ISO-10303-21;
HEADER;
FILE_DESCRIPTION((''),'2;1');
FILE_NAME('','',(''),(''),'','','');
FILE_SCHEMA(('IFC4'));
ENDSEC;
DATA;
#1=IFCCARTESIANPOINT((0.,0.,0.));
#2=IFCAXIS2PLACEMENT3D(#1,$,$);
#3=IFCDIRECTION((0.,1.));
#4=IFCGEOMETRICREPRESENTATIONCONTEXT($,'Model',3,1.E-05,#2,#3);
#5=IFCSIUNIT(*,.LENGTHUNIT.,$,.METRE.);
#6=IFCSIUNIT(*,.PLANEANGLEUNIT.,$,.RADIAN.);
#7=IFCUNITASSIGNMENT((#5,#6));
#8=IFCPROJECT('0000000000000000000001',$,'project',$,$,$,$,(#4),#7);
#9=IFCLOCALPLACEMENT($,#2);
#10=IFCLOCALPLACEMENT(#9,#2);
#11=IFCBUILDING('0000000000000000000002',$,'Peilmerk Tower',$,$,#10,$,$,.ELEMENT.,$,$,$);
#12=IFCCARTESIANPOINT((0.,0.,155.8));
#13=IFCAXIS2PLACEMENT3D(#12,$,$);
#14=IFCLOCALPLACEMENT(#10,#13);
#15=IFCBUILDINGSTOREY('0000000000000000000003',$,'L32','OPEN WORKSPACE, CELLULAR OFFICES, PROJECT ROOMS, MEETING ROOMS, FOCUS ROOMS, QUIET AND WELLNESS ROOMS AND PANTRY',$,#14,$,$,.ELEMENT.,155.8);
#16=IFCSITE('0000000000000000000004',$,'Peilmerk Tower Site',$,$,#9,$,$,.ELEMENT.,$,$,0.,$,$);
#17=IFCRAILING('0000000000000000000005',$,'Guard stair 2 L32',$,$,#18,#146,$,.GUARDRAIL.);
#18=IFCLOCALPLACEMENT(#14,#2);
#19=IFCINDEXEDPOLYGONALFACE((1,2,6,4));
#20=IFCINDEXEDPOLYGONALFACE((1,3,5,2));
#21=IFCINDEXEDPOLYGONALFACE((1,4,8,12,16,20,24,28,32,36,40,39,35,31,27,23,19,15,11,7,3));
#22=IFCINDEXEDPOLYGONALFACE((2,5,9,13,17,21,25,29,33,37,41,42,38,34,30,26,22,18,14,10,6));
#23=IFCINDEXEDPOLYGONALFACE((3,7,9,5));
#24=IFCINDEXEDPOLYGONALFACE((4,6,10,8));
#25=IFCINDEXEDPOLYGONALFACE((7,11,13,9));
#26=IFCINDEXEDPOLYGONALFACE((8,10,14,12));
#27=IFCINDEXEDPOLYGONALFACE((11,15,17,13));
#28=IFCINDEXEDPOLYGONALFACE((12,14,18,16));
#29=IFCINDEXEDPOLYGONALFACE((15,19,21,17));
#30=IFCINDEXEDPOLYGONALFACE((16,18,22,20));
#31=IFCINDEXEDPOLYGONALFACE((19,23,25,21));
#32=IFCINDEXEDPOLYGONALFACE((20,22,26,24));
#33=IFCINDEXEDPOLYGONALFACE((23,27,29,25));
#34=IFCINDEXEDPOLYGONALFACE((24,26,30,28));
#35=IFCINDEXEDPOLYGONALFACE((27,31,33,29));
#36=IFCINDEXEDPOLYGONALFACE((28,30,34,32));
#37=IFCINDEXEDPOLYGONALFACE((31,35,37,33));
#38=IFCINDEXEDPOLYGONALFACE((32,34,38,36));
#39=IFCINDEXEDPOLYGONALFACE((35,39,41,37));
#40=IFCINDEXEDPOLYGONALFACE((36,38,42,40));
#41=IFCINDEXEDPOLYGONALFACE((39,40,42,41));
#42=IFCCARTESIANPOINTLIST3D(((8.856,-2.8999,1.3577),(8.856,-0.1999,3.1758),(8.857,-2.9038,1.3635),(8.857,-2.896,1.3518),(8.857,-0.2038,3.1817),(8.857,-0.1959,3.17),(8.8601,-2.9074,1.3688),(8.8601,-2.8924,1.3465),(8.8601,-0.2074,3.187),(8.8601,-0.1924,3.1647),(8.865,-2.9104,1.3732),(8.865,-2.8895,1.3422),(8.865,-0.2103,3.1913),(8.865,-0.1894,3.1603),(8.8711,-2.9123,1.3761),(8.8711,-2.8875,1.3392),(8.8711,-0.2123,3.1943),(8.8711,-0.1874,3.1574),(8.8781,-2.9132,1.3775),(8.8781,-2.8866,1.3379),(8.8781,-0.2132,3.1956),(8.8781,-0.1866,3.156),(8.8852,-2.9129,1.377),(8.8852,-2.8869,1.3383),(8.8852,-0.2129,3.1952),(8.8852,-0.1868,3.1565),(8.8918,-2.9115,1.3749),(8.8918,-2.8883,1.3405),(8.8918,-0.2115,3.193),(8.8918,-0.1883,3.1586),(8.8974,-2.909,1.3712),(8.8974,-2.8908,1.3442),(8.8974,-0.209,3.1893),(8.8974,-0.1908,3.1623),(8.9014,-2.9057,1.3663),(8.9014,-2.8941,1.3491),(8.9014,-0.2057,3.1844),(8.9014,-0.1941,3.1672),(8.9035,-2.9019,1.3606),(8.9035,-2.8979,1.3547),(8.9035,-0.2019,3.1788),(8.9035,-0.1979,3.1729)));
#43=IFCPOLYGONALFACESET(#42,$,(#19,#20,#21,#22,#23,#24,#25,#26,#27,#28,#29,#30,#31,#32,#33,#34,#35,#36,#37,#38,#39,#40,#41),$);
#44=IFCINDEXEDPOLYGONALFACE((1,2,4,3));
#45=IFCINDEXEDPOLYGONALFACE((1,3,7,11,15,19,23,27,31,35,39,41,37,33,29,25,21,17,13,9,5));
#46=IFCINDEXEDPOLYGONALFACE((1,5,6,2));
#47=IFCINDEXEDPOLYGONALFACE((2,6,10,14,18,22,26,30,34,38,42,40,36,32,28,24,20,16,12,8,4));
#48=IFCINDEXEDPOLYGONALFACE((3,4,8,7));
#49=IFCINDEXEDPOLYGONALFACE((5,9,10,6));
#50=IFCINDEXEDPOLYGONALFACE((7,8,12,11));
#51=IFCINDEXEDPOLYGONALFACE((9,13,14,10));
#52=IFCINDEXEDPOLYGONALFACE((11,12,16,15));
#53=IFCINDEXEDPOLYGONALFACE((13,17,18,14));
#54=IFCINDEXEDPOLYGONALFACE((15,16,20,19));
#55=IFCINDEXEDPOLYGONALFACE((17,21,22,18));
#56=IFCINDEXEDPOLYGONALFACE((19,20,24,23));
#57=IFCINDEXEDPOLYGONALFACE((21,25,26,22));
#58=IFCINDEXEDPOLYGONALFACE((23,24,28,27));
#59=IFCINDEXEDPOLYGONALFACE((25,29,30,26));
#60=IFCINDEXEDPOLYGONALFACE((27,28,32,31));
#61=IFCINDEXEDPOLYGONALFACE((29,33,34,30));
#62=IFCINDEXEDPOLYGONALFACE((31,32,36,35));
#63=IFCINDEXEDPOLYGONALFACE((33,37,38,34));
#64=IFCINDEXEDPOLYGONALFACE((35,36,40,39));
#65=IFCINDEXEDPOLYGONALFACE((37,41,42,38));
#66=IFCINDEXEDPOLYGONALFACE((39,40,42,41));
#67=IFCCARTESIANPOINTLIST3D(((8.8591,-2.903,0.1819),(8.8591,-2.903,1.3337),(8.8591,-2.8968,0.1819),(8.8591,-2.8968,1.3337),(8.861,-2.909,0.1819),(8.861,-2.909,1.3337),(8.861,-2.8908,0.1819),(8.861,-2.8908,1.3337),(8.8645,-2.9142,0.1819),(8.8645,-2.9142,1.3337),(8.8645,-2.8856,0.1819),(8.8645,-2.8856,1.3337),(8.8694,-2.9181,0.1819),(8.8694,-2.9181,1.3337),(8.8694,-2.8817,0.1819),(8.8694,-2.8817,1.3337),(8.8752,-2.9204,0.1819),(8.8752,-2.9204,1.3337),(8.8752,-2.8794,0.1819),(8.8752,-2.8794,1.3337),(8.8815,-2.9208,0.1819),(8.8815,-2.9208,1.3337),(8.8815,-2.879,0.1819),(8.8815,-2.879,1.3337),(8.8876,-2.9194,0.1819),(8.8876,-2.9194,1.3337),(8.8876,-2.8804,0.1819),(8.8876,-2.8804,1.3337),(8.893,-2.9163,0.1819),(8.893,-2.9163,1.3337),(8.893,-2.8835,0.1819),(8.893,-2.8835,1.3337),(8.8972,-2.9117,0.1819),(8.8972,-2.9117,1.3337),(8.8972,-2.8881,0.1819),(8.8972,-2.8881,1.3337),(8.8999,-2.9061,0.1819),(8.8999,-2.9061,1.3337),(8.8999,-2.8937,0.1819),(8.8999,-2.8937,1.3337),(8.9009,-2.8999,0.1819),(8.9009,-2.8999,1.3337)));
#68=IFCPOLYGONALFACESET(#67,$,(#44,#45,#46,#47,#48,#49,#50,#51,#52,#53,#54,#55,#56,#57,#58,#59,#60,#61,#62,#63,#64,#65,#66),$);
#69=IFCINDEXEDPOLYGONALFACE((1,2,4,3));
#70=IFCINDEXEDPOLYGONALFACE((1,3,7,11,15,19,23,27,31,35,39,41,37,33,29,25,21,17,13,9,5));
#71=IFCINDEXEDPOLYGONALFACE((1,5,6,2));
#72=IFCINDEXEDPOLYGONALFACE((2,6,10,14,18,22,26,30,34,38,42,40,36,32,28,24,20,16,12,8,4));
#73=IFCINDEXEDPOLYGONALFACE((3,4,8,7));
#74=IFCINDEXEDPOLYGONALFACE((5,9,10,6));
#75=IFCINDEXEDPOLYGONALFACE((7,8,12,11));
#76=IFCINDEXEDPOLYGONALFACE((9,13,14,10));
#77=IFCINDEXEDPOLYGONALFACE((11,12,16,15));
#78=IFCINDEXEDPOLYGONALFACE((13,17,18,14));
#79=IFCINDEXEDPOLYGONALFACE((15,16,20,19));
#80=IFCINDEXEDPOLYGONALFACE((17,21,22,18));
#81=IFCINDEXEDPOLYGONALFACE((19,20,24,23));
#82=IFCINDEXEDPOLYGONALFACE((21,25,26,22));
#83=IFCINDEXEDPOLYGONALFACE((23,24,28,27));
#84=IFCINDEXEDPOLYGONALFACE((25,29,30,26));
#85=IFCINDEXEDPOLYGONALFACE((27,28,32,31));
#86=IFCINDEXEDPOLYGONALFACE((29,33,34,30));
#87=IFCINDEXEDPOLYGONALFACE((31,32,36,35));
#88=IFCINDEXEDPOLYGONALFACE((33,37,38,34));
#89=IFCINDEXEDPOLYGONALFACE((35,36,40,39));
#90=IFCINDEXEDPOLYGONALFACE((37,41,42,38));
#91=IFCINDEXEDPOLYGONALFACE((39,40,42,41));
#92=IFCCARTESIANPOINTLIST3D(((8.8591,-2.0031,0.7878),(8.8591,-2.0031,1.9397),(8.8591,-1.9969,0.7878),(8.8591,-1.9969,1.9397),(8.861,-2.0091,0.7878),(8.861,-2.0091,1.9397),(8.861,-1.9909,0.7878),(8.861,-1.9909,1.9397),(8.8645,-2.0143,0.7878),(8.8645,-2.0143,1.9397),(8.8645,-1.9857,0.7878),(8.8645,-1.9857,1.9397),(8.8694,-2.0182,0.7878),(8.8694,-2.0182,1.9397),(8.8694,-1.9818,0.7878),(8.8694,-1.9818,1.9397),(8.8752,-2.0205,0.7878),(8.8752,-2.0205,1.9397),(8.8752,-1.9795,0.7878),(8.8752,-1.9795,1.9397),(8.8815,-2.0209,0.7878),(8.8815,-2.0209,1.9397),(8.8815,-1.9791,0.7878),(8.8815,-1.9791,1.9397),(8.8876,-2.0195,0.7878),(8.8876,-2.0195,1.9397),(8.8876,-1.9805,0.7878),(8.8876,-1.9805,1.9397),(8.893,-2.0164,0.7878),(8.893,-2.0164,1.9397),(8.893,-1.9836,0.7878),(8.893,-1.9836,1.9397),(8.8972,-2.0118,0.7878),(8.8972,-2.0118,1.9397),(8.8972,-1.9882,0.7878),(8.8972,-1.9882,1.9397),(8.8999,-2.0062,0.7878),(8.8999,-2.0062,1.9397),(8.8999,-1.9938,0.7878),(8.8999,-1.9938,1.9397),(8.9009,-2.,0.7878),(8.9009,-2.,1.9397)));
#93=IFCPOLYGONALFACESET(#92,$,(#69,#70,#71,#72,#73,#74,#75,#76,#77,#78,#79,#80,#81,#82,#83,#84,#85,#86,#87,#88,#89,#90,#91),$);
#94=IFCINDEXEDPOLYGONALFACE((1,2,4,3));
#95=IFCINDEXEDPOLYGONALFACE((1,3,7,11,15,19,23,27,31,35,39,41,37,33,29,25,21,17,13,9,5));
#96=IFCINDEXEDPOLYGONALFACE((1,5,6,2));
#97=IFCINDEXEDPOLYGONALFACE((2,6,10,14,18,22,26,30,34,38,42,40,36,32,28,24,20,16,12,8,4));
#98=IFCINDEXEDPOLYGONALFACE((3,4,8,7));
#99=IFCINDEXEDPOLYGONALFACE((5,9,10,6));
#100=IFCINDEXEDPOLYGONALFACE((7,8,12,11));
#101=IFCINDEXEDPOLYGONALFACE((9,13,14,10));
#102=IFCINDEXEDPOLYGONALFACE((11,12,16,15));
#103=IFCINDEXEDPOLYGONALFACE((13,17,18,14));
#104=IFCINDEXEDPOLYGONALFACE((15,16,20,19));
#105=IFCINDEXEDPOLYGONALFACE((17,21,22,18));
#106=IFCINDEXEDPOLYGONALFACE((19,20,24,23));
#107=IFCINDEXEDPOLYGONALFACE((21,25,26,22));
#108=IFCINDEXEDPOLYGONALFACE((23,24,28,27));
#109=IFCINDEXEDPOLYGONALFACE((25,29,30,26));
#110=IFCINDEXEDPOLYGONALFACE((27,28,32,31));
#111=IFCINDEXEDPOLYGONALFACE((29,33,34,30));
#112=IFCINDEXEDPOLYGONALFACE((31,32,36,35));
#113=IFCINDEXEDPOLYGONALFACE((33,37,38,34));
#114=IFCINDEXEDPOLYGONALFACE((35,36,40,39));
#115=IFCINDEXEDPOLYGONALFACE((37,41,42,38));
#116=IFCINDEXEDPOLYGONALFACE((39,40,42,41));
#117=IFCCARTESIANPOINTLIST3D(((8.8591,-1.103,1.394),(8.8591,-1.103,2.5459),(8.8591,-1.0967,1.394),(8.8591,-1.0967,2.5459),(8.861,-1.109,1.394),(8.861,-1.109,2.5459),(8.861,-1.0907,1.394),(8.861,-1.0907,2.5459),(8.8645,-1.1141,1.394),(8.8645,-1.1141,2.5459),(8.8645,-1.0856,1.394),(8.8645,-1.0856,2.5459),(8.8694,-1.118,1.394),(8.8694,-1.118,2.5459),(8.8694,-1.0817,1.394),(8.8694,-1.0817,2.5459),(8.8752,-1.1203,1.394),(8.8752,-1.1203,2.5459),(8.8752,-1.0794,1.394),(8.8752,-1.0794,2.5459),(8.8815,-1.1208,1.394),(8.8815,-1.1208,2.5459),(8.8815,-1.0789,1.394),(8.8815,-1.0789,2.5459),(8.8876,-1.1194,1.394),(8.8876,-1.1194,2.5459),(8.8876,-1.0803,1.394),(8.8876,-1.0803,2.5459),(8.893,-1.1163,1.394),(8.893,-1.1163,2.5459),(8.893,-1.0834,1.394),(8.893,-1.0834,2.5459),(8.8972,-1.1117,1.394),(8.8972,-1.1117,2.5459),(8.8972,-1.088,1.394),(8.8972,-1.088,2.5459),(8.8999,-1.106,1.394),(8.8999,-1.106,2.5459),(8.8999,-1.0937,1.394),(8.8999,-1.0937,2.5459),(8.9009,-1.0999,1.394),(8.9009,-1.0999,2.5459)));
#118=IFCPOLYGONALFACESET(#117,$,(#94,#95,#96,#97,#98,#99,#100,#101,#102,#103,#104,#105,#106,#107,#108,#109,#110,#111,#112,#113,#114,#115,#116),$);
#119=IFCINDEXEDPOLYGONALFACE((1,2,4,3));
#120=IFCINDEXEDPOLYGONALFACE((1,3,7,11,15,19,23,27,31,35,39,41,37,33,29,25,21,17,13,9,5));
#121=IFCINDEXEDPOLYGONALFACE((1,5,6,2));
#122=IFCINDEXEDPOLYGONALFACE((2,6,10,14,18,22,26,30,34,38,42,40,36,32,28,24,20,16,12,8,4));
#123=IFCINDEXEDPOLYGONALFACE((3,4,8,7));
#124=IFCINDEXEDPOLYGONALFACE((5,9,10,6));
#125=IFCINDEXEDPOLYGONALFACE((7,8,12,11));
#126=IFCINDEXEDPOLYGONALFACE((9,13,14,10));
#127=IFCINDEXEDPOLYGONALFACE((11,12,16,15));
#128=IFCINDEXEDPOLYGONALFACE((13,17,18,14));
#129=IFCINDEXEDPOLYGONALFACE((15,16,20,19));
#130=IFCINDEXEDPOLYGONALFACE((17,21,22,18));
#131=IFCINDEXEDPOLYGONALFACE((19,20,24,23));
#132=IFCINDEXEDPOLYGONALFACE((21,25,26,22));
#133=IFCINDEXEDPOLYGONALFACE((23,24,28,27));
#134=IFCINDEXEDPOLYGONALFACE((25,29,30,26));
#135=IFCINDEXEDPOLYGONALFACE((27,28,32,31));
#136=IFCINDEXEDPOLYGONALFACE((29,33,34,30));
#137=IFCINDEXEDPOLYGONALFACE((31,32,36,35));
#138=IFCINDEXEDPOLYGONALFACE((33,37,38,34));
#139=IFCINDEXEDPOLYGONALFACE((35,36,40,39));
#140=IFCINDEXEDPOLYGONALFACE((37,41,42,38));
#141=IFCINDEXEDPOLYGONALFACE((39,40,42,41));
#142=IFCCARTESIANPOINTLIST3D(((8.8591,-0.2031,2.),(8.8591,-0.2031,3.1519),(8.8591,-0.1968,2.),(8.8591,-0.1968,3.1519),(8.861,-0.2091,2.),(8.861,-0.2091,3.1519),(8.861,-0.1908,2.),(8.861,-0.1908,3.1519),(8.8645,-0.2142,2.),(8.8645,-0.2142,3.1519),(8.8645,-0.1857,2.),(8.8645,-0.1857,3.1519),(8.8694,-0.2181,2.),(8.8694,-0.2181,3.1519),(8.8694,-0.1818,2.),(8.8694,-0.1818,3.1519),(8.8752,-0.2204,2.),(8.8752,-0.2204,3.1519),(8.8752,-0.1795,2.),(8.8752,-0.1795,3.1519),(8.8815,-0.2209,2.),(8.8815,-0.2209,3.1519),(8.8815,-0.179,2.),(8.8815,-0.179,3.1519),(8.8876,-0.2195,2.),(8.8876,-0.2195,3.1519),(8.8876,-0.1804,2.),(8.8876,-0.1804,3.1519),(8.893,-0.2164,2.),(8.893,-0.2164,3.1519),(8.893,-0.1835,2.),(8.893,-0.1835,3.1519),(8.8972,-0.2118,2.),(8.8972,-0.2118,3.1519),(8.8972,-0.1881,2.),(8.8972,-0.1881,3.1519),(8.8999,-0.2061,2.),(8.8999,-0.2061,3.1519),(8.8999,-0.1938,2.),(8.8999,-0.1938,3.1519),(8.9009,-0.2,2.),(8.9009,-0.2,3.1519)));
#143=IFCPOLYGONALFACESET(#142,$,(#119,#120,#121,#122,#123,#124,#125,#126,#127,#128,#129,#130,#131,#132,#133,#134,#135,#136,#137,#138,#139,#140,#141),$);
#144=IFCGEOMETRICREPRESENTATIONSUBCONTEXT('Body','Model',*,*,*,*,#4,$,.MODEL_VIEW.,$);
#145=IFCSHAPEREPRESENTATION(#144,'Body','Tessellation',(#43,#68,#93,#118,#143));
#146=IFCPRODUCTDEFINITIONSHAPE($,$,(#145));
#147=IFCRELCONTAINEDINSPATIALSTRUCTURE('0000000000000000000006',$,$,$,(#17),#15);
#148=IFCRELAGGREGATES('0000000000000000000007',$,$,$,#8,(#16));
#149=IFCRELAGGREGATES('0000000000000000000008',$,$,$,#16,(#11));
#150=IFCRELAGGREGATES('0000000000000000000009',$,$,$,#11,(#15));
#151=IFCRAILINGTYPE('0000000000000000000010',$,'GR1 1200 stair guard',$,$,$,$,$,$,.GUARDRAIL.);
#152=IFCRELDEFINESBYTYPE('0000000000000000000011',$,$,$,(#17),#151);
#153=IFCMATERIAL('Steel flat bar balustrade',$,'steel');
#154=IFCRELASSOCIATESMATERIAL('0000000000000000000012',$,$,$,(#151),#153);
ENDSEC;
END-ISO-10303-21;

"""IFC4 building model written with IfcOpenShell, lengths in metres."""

from ifc_helpers import new_model, si_unit, direction, frame, origin, origin_2d, place, context, subcontext, project, spatial, circle, extrude, material, type_object, element, save


model = new_model("IFC4")

# Units and contexts
model_context = context("Model", 3, precision=1e-05, world=origin(), true_north=direction((0.0, 1.0)))
body_context = subcontext(model_context, "Body", "Model", "MODEL_VIEW")
ifc_project = project(units=[si_unit("LENGTHUNIT", "METRE"), si_unit("PLANEANGLEUNIT", "RADIAN")], contexts=[model_context])

# Site, building, storey
site_placement = place(None, origin())
site = spatial("IfcSite", under=ifc_project, at=site_placement, Name="Peilmerk Tower Site", CompositionType="ELEMENT", RefElevation=0.0)
building_placement = place(site_placement, origin())
building = spatial("IfcBuilding", under=site, at=building_placement, Name="Peilmerk Tower", CompositionType="ELEMENT")
storey_placement = place(building_placement, frame((0.0, 0.0, 155.8)))
storey = spatial("IfcBuildingStorey", under=building, at=storey_placement, Name="L32", Description="OPEN WORKSPACE, CELLULAR OFFICES, PROJECT ROOMS, MEETING ROOMS, FOCUS ROOMS, QUIET AND WELLNESS ROOMS AND PANTRY", CompositionType="ELEMENT", Elevation=155.8)

# Railing
ifc_material_1 = material(Name="Steel flat bar balustrade", Category="steel")
railing_type_1 = type_object("IfcRailingType", Name="GR1 1200 stair guard", PredefinedType="GUARDRAIL", material=ifc_material_1)
railing_1_placement = place(storey_placement, frame((8.8799, -2.8999, 0.1819)))
element("IfcRailing", 1, at=railing_1_placement, inside=storey, type_object=railing_type_1, Name="Guard stair 2 L32", PredefinedType="GUARDRAIL", context=body_context, shape_type="SweptSolid", body=[
    extrude(circle(Radius=0.0239, at=origin_2d()), frame((0.0, 0.0, 1.1758), z_axis=(0.0, 0.829468, 0.558554), x_axis=(-1.0, 0.0, 0.0)), (0.0, 0.0, 1.0), 3.2551),
    extrude(circle(Radius=0.021, at=origin_2d()), origin(), (0.0, 0.0, 1.0), 1.1519),
    extrude(circle(Radius=0.021, at=origin_2d()), frame((0.0, 0.8999, 0.606)), (0.0, 0.0, 1.0), 1.1519),
    extrude(circle(Radius=0.021, at=origin_2d()), frame((0.0, 1.8, 1.2122)), (0.0, 0.0, 1.0), 1.1519),
    extrude(circle(Radius=0.021, at=origin_2d()), frame((0.0, 2.7, 1.8181)), (0.0, 0.0, 1.0), 1.1519),
])

save(model, "model.ifc")
